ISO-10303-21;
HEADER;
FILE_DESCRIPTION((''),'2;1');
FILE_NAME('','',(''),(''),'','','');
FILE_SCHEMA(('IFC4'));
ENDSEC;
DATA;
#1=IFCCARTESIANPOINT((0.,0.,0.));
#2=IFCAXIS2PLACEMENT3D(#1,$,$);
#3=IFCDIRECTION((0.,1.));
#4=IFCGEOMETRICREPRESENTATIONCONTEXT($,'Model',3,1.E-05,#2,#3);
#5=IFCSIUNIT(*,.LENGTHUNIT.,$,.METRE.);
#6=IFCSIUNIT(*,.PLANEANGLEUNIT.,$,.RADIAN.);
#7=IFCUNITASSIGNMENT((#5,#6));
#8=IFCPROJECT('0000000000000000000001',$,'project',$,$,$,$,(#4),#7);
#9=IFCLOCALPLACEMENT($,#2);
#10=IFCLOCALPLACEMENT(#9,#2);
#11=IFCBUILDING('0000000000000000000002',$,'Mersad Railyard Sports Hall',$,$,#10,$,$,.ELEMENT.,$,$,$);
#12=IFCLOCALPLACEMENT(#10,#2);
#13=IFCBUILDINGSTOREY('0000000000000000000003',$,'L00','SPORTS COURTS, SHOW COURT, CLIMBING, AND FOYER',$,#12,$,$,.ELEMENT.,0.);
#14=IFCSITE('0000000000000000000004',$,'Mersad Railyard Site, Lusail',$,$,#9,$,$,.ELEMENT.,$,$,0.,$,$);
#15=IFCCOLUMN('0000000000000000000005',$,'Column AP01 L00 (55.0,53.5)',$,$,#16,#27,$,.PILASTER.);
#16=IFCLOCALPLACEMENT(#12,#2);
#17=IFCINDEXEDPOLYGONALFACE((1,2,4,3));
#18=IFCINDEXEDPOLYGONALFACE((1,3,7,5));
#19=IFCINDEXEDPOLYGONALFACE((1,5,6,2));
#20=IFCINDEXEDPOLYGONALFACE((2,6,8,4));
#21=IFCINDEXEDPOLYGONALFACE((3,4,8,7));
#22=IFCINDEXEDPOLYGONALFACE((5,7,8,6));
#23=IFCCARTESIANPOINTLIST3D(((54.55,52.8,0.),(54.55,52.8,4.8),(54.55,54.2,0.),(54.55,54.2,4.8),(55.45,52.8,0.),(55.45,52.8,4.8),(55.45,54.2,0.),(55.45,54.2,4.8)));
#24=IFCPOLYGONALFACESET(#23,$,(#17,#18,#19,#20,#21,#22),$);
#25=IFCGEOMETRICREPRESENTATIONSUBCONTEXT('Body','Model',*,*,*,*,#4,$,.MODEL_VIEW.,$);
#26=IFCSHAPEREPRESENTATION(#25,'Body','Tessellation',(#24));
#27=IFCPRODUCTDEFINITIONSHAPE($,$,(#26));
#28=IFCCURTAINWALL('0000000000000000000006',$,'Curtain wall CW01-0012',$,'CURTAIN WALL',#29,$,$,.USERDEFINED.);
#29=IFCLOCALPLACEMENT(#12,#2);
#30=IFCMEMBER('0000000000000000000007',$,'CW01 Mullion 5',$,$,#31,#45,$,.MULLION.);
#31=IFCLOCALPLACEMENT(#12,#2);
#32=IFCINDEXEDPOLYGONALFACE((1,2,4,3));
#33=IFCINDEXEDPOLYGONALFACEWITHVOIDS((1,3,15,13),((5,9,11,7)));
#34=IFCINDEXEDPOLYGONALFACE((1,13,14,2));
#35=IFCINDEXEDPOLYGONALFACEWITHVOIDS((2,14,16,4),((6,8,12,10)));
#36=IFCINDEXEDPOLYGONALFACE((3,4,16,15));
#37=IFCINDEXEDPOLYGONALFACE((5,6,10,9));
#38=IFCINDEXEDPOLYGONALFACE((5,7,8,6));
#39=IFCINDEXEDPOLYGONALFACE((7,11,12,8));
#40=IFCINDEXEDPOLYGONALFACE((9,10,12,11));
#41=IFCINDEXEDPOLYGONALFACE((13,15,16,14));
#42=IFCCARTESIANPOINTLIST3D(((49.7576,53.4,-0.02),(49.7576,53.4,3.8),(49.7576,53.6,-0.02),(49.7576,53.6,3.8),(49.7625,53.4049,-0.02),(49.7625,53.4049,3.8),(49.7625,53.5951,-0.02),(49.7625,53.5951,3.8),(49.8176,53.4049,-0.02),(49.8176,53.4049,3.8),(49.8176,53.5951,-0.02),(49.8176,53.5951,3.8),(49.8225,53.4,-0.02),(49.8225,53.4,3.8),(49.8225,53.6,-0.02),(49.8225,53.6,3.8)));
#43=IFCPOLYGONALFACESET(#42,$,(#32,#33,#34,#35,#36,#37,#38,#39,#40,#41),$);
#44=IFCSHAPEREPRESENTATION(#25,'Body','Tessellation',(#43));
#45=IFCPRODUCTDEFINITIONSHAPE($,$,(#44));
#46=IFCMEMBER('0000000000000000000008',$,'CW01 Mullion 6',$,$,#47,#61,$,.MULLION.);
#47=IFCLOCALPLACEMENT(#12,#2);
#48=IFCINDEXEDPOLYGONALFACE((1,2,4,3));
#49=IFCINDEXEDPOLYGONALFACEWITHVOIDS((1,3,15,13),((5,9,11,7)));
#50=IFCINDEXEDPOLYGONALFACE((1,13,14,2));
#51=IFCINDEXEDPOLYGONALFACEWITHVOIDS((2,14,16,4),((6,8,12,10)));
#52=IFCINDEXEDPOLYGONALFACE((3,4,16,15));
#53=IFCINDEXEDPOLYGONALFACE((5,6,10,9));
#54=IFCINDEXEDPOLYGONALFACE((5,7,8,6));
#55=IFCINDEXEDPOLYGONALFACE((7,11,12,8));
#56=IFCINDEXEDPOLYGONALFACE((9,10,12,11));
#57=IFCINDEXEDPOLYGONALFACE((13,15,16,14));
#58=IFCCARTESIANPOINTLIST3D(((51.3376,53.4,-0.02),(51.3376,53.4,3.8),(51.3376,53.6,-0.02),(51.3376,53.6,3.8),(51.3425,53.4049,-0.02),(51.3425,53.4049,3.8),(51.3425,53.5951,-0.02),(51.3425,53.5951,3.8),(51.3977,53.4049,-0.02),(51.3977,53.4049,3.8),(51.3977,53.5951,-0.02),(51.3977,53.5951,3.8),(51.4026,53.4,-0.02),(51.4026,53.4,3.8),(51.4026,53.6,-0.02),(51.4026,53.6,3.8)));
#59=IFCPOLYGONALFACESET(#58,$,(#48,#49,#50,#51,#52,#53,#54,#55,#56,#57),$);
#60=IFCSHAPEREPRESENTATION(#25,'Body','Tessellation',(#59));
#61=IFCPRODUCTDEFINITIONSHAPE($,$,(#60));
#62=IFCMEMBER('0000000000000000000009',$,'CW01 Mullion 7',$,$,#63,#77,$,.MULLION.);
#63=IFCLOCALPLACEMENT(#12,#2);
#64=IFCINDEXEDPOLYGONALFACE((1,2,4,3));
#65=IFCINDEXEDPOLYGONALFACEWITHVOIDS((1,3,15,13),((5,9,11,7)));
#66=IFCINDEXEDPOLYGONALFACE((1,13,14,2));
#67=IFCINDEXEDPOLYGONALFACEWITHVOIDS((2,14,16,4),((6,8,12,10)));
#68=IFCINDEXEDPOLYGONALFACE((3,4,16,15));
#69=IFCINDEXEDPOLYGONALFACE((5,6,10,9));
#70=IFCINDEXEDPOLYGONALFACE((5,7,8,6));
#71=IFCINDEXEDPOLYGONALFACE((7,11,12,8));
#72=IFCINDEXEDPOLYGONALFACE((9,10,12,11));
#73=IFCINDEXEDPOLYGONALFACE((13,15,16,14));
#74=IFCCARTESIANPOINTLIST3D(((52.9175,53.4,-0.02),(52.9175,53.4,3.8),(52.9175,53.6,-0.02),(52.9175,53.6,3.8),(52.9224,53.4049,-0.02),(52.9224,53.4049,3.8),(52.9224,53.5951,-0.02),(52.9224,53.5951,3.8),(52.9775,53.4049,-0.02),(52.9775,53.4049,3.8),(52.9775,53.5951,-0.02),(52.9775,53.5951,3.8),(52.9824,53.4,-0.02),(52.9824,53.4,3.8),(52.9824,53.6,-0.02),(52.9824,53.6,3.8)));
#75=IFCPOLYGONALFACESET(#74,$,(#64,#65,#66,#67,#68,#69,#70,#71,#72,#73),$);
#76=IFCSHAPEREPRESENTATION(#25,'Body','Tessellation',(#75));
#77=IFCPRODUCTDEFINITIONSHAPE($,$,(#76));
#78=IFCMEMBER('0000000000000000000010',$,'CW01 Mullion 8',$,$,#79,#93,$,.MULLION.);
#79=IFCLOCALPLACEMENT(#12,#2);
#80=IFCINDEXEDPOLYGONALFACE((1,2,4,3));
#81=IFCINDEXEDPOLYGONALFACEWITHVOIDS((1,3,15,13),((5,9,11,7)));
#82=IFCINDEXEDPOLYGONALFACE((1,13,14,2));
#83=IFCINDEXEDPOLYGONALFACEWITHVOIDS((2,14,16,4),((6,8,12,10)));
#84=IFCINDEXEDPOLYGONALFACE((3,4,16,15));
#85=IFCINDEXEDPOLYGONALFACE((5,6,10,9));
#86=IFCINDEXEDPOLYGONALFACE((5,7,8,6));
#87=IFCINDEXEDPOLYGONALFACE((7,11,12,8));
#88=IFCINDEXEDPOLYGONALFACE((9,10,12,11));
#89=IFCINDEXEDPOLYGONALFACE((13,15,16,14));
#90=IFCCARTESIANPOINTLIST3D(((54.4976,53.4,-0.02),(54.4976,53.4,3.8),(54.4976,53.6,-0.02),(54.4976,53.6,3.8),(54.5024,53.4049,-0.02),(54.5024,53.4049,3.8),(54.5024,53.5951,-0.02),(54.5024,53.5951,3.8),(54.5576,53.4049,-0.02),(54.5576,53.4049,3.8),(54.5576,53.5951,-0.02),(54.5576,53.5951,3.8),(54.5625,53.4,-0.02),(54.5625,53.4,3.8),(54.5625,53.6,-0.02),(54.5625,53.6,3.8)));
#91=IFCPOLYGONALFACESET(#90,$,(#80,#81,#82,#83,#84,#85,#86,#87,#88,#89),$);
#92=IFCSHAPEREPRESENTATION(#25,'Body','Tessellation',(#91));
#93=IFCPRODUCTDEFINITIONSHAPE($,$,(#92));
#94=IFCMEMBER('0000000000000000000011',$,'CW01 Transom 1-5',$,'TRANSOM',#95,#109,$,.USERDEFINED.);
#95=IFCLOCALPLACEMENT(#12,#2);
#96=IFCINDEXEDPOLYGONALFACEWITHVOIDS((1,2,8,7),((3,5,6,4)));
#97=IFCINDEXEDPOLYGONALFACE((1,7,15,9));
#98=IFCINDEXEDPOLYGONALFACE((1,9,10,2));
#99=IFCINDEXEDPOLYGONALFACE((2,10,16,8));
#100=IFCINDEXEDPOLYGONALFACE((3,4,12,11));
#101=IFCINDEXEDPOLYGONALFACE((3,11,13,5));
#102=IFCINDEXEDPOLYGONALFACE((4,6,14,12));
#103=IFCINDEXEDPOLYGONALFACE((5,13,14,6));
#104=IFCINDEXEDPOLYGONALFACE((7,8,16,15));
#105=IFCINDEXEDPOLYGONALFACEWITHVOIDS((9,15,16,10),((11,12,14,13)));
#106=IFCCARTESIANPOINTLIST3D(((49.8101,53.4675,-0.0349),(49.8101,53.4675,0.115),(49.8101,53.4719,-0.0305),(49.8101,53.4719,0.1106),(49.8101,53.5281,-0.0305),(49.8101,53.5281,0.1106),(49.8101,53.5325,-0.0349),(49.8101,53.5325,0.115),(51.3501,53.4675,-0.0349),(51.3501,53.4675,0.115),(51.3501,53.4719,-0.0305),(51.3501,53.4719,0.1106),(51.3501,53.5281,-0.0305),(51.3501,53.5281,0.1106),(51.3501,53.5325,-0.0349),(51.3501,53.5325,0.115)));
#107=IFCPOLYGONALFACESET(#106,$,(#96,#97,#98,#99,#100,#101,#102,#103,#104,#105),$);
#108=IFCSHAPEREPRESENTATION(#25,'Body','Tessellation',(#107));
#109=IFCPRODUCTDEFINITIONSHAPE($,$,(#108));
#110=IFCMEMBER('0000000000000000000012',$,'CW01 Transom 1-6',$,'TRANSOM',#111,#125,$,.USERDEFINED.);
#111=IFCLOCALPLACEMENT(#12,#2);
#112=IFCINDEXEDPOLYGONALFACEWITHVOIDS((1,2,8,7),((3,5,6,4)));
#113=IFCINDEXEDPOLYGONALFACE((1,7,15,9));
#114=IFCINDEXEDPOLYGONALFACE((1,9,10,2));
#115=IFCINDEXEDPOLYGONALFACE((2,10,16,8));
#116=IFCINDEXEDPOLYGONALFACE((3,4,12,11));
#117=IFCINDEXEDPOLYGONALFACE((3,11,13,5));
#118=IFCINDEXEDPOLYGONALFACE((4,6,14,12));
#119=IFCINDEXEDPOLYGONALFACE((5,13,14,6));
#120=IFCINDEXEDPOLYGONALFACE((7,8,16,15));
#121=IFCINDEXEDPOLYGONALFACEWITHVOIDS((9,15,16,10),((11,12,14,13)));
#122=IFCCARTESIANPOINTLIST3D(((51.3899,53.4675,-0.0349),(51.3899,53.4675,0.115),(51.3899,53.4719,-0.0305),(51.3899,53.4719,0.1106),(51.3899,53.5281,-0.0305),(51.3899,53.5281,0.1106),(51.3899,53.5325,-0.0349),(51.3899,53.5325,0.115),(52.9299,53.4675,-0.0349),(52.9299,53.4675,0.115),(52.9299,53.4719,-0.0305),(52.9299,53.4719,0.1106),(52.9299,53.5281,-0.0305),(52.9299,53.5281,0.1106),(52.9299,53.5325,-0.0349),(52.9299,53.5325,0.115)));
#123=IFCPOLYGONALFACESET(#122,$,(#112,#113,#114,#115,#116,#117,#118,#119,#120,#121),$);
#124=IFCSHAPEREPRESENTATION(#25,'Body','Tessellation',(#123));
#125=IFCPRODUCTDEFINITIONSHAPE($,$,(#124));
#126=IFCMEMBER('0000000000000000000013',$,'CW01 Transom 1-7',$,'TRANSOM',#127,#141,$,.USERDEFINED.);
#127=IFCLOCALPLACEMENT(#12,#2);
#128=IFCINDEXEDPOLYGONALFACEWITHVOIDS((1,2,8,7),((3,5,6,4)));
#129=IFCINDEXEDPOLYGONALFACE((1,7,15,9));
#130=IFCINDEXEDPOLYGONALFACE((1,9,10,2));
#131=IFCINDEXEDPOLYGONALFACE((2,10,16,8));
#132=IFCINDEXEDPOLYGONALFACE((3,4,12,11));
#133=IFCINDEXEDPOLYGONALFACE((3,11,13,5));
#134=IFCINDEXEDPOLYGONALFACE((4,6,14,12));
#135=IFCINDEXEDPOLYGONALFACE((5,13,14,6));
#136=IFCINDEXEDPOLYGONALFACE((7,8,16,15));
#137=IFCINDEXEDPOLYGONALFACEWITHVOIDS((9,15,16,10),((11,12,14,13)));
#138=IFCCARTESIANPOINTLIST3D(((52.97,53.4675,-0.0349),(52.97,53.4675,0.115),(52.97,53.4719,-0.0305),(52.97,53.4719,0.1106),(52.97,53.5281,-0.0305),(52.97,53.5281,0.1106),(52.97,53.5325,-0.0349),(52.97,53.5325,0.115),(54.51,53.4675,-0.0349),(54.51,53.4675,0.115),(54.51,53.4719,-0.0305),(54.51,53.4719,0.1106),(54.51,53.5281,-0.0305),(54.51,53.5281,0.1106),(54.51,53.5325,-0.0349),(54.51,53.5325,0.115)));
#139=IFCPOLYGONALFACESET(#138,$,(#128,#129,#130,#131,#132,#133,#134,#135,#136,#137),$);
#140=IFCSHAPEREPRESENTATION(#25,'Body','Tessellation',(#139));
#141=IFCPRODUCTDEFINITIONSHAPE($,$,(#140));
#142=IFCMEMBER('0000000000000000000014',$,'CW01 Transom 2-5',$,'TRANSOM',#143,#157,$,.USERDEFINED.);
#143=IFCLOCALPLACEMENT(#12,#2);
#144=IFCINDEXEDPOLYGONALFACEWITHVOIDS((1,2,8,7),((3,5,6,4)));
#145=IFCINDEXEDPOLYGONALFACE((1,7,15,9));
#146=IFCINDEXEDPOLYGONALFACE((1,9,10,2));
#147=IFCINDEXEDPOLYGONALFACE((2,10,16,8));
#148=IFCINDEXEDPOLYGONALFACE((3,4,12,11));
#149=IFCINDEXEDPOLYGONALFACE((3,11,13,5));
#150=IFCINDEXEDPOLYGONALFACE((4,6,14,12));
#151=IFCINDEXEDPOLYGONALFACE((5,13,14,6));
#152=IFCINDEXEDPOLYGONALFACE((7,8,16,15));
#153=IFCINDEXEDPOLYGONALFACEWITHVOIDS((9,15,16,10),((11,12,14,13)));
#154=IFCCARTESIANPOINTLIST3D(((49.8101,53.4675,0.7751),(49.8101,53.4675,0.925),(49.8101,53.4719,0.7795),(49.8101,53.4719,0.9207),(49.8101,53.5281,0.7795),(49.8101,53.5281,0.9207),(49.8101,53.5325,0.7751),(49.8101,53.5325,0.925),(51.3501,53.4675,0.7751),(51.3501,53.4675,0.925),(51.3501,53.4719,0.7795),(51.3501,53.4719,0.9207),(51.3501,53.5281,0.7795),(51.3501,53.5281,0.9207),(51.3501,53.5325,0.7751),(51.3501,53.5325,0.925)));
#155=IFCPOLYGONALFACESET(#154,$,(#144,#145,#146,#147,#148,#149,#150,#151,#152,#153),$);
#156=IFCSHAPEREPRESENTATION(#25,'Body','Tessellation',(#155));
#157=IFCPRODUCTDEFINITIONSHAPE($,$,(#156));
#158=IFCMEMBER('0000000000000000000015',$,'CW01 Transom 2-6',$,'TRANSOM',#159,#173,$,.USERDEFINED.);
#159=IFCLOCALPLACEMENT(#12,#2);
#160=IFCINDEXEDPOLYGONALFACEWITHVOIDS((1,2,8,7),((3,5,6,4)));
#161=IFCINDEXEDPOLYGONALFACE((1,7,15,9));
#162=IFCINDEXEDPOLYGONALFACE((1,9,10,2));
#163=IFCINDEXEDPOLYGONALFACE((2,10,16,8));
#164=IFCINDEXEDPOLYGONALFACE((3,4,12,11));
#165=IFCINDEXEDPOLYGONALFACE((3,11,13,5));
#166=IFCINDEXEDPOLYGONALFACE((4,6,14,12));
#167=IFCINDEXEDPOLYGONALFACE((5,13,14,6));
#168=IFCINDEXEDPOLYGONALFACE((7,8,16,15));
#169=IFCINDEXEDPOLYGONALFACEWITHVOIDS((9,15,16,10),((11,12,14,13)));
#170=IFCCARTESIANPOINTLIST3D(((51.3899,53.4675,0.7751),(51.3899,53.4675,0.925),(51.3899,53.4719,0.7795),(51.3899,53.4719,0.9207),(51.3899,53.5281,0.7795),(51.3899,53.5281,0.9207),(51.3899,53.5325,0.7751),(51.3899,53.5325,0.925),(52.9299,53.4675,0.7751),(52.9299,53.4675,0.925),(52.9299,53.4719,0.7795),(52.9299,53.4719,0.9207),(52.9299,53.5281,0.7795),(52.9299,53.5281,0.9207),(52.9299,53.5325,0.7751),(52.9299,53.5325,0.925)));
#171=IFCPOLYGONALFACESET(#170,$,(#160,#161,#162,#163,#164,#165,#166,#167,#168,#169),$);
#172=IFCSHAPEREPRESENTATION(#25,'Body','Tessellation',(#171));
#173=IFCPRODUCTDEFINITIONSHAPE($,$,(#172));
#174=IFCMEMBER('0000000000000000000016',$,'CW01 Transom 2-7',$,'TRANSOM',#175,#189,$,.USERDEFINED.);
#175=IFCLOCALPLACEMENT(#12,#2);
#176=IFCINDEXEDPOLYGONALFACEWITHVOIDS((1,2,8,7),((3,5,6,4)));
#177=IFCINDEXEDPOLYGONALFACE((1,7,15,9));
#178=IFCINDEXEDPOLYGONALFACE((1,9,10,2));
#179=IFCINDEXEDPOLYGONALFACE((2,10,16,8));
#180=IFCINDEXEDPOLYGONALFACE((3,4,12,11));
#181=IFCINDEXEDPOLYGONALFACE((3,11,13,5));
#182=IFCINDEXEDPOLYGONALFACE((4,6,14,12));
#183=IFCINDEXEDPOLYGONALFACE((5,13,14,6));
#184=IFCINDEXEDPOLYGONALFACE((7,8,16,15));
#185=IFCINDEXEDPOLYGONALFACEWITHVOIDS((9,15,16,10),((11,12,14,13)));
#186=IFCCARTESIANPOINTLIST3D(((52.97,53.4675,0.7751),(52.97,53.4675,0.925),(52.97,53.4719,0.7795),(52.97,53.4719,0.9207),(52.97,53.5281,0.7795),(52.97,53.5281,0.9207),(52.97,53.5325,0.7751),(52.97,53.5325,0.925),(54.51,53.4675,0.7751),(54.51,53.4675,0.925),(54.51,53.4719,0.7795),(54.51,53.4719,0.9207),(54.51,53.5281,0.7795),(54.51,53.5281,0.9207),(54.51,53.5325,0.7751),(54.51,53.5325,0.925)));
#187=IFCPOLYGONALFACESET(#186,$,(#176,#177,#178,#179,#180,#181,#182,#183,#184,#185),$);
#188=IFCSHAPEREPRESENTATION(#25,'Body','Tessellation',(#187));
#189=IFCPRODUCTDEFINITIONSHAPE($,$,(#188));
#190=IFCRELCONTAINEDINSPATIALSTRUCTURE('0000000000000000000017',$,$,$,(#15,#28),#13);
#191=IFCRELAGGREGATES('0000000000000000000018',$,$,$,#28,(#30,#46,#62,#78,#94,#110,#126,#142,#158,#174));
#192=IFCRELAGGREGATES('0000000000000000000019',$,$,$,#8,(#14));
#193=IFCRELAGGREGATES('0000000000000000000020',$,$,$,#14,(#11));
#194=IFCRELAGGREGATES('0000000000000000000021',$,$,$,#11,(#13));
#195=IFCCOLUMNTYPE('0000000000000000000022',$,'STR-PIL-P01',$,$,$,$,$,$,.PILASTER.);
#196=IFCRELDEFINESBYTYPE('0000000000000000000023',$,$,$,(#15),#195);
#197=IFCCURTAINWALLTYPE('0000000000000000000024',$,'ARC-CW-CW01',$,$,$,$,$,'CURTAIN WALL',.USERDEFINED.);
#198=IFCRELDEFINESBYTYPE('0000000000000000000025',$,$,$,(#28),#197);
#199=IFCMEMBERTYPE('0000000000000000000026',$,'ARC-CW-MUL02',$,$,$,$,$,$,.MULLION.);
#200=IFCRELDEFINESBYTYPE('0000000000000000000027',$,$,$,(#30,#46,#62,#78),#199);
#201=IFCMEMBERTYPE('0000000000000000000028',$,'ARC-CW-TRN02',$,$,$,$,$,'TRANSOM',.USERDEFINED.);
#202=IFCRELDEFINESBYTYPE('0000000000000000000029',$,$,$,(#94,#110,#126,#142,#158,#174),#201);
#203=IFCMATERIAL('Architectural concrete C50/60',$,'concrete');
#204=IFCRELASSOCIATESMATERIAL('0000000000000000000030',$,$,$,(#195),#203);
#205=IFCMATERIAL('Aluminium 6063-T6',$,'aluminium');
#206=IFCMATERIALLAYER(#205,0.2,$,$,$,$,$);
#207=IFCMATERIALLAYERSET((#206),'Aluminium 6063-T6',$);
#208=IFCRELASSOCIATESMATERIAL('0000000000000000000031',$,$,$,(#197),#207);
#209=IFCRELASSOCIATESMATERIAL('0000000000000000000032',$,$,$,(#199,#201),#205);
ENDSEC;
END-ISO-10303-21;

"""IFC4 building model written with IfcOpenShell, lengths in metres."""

from ifc_helpers import new_model, si_unit, direction, frame, origin, origin_2d, place, context, subcontext, project, spatial, rectangle, hollow_rectangle, extrude, material, layer, layer_set, material_profile, profile_set, type_object, element, aggregate, save


model = new_model("IFC4")

# Units and contexts
model_context = context("Model", 3, precision=1e-05, world=origin(), true_north=direction((0.0, 1.0)))
body_context = subcontext(model_context, "Body", "Model", "MODEL_VIEW")
ifc_project = project(units=[si_unit("LENGTHUNIT", "METRE"), si_unit("PLANEANGLEUNIT", "RADIAN")], contexts=[model_context])

# Site, building, storey
site_placement = place(None, origin())
site = spatial("IfcSite", under=ifc_project, at=site_placement, Name="Mersad Railyard Site, Lusail", CompositionType="ELEMENT", RefElevation=0.0)
building_placement = place(site_placement, origin())
building = spatial("IfcBuilding", under=site, at=building_placement, Name="Mersad Railyard Sports Hall", CompositionType="ELEMENT")
storey_placement = place(building_placement, origin())
storey = spatial("IfcBuildingStorey", under=building, at=storey_placement, Name="L00", Description="SPORTS COURTS, SHOW COURT, CLIMBING, AND FOYER", CompositionType="ELEMENT", Elevation=0.0)

# Column
ifc_material_1 = material(Name="Architectural concrete C50/60", Category="concrete")
ifc_material_profile_1 = material_profile(ifc_material_1, rectangle(XDim=0.8999, YDim=1.3999, at=origin_2d()), Name="RC 900x1400")
ifc_profile_set_1 = profile_set([ifc_material_profile_1], Name="Architectural concrete C50/60")
column_type = type_object("IfcColumnType", Name="STR-PIL-P01", PredefinedType="PILASTER", material=ifc_profile_set_1)
column_placement = place(storey_placement, frame((55.0, 53.5, 0.0), z_axis=(0.0, 0.0, 1.0), x_axis=(1.0, 0.0, 0.0)))
element("IfcColumn", 1, at=column_placement, inside=storey, type_object=column_type, Name="Column AP01 L00 (55.0,53.5)", PredefinedType="PILASTER", context=body_context, shape_type="SweptSolid", body=[
    extrude(rectangle(XDim=0.8999, YDim=1.3999, at=origin_2d()), origin(), (0.0, 0.0, 1.0), 4.8),
])

# Curtain wall, members
ifc_material_2 = material(Name="Aluminium 6063-T6", Category="aluminium")
ifc_layer_1 = layer(ifc_material_2, 0.2)
ifc_layer_set_1 = layer_set([ifc_layer_1], Name="Aluminium 6063-T6")
curtain_wall_type = type_object("IfcCurtainWallType", Name="ARC-CW-CW01", ElementType="CURTAIN WALL", PredefinedType="USERDEFINED", material=ifc_layer_set_1)
curtain_wall_placement = place(storey_placement, origin())
curtain_wall = element("IfcCurtainWall", 2, at=curtain_wall_placement, inside=storey, type_object=curtain_wall_type, Name="Curtain wall CW01-0012", ObjectType="CURTAIN WALL", PredefinedType="USERDEFINED")
ifc_material_profile_2 = material_profile(ifc_material_2, hollow_rectangle(XDim=0.0649, YDim=0.2, WallThickness=0.0049, at=origin_2d()), Name="AL MULLION 65x200x5")
ifc_profile_set_2 = profile_set([ifc_material_profile_2], Name="Aluminium 6063-T6")
member_type_1 = type_object("IfcMemberType", Name="ARC-CW-MUL02", PredefinedType="MULLION", material=ifc_profile_set_2)
member_1_placement = place(storey_placement, frame((49.79, 53.5, -0.02), z_axis=(0.0, 0.0, 1.0), x_axis=(1.0, 0.0, 0.0)))
member_1 = element("IfcMember", 3, at=member_1_placement, type_object=member_type_1, Name="CW01 Mullion 5", PredefinedType="MULLION", context=body_context, shape_type="SweptSolid", body=[
    extrude(hollow_rectangle(XDim=0.0649, YDim=0.2, WallThickness=0.0049, at=origin_2d()), origin(), (0.0, 0.0, 1.0), 3.8201),
])
member_2_placement = place(storey_placement, frame((51.3701, 53.5, -0.02), z_axis=(0.0, 0.0, 1.0), x_axis=(1.0, 0.0, 0.0)))
member_2 = element("IfcMember", 4, at=member_2_placement, type_object=member_type_1, Name="CW01 Mullion 6", PredefinedType="MULLION", context=body_context, shape_type="SweptSolid", body=[
    extrude(hollow_rectangle(XDim=0.0649, YDim=0.2, WallThickness=0.0049, at=origin_2d()), origin(), (0.0, 0.0, 1.0), 3.8201),
])
member_3_placement = place(storey_placement, frame((52.95, 53.5, -0.02), z_axis=(0.0, 0.0, 1.0), x_axis=(1.0, 0.0, 0.0)))
member_3 = element("IfcMember", 5, at=member_3_placement, type_object=member_type_1, Name="CW01 Mullion 7", PredefinedType="MULLION", context=body_context, shape_type="SweptSolid", body=[
    extrude(hollow_rectangle(XDim=0.0649, YDim=0.2, WallThickness=0.0049, at=origin_2d()), origin(), (0.0, 0.0, 1.0), 3.8201),
])
member_4_placement = place(storey_placement, frame((54.53, 53.5, -0.02), z_axis=(0.0, 0.0, 1.0), x_axis=(1.0, 0.0, 0.0)))
member_4 = element("IfcMember", 6, at=member_4_placement, type_object=member_type_1, Name="CW01 Mullion 8", PredefinedType="MULLION", context=body_context, shape_type="SweptSolid", body=[
    extrude(hollow_rectangle(XDim=0.0649, YDim=0.2, WallThickness=0.0049, at=origin_2d()), origin(), (0.0, 0.0, 1.0), 3.8201),
])
ifc_material_profile_3 = material_profile(ifc_material_2, hollow_rectangle(XDim=0.0649, YDim=0.1499, WallThickness=0.0044, at=origin_2d()), Name="AL TRANSOM 65x150x4.5")
ifc_profile_set_3 = profile_set([ifc_material_profile_3], Name="Aluminium 6063-T6")
member_type_2 = type_object("IfcMemberType", Name="ARC-CW-TRN02", ElementType="TRANSOM", PredefinedType="USERDEFINED", material=ifc_profile_set_3)
member_5_placement = place(storey_placement, frame((49.8101, 53.5, 0.04), z_axis=(1.0, 0.0, 0.0), x_axis=(0.0, 1.0, 0.0)))
member_5 = element("IfcMember", 7, at=member_5_placement, type_object=member_type_2, Name="CW01 Transom 1-5", ObjectType="TRANSOM", PredefinedType="USERDEFINED", context=body_context, shape_type="SweptSolid", body=[
    extrude(hollow_rectangle(XDim=0.0649, YDim=0.1499, WallThickness=0.0044, at=origin_2d()), origin(), (0.0, 0.0, 1.0), 1.54),
])
member_6_placement = place(storey_placement, frame((51.3899, 53.5, 0.04), z_axis=(1.0, 0.0, 0.0), x_axis=(0.0, 1.0, 0.0)))
member_6 = element("IfcMember", 8, at=member_6_placement, type_object=member_type_2, Name="CW01 Transom 1-6", ObjectType="TRANSOM", PredefinedType="USERDEFINED", context=body_context, shape_type="SweptSolid", body=[
    extrude(hollow_rectangle(XDim=0.0649, YDim=0.1499, WallThickness=0.0044, at=origin_2d()), origin(), (0.0, 0.0, 1.0), 1.54),
])
member_7_placement = place(storey_placement, frame((52.97, 53.5, 0.04), z_axis=(1.0, 0.0, 0.0), x_axis=(0.0, 1.0, 0.0)))
member_7 = element("IfcMember", 9, at=member_7_placement, type_object=member_type_2, Name="CW01 Transom 1-7", ObjectType="TRANSOM", PredefinedType="USERDEFINED", context=body_context, shape_type="SweptSolid", body=[
    extrude(hollow_rectangle(XDim=0.0649, YDim=0.1499, WallThickness=0.0044, at=origin_2d()), origin(), (0.0, 0.0, 1.0), 1.54),
])
member_8_placement = place(storey_placement, frame((49.8101, 53.5, 0.8501), z_axis=(1.0, 0.0, 0.0), x_axis=(0.0, 1.0, 0.0)))
member_8 = element("IfcMember", 10, at=member_8_placement, type_object=member_type_2, Name="CW01 Transom 2-5", ObjectType="TRANSOM", PredefinedType="USERDEFINED", context=body_context, shape_type="SweptSolid", body=[
    extrude(hollow_rectangle(XDim=0.0649, YDim=0.1499, WallThickness=0.0044, at=origin_2d()), origin(), (0.0, 0.0, 1.0), 1.54),
])
member_9_placement = place(storey_placement, frame((51.3899, 53.5, 0.8501), z_axis=(1.0, 0.0, 0.0), x_axis=(0.0, 1.0, 0.0)))
member_9 = element("IfcMember", 11, at=member_9_placement, type_object=member_type_2, Name="CW01 Transom 2-6", ObjectType="TRANSOM", PredefinedType="USERDEFINED", context=body_context, shape_type="SweptSolid", body=[
    extrude(hollow_rectangle(XDim=0.0649, YDim=0.1499, WallThickness=0.0044, at=origin_2d()), origin(), (0.0, 0.0, 1.0), 1.54),
])
member_10_placement = place(storey_placement, frame((52.97, 53.5, 0.8501), z_axis=(1.0, 0.0, 0.0), x_axis=(0.0, 1.0, 0.0)))
member_10 = element("IfcMember", 12, at=member_10_placement, type_object=member_type_2, Name="CW01 Transom 2-7", ObjectType="TRANSOM", PredefinedType="USERDEFINED", context=body_context, shape_type="SweptSolid", body=[
    extrude(hollow_rectangle(XDim=0.0649, YDim=0.1499, WallThickness=0.0044, at=origin_2d()), origin(), (0.0, 0.0, 1.0), 1.54),
])

aggregate(curtain_wall, [member_1, member_2, member_3, member_4, member_5, member_6, member_7, member_8, member_9, member_10])

save(model, "model.ifc")
